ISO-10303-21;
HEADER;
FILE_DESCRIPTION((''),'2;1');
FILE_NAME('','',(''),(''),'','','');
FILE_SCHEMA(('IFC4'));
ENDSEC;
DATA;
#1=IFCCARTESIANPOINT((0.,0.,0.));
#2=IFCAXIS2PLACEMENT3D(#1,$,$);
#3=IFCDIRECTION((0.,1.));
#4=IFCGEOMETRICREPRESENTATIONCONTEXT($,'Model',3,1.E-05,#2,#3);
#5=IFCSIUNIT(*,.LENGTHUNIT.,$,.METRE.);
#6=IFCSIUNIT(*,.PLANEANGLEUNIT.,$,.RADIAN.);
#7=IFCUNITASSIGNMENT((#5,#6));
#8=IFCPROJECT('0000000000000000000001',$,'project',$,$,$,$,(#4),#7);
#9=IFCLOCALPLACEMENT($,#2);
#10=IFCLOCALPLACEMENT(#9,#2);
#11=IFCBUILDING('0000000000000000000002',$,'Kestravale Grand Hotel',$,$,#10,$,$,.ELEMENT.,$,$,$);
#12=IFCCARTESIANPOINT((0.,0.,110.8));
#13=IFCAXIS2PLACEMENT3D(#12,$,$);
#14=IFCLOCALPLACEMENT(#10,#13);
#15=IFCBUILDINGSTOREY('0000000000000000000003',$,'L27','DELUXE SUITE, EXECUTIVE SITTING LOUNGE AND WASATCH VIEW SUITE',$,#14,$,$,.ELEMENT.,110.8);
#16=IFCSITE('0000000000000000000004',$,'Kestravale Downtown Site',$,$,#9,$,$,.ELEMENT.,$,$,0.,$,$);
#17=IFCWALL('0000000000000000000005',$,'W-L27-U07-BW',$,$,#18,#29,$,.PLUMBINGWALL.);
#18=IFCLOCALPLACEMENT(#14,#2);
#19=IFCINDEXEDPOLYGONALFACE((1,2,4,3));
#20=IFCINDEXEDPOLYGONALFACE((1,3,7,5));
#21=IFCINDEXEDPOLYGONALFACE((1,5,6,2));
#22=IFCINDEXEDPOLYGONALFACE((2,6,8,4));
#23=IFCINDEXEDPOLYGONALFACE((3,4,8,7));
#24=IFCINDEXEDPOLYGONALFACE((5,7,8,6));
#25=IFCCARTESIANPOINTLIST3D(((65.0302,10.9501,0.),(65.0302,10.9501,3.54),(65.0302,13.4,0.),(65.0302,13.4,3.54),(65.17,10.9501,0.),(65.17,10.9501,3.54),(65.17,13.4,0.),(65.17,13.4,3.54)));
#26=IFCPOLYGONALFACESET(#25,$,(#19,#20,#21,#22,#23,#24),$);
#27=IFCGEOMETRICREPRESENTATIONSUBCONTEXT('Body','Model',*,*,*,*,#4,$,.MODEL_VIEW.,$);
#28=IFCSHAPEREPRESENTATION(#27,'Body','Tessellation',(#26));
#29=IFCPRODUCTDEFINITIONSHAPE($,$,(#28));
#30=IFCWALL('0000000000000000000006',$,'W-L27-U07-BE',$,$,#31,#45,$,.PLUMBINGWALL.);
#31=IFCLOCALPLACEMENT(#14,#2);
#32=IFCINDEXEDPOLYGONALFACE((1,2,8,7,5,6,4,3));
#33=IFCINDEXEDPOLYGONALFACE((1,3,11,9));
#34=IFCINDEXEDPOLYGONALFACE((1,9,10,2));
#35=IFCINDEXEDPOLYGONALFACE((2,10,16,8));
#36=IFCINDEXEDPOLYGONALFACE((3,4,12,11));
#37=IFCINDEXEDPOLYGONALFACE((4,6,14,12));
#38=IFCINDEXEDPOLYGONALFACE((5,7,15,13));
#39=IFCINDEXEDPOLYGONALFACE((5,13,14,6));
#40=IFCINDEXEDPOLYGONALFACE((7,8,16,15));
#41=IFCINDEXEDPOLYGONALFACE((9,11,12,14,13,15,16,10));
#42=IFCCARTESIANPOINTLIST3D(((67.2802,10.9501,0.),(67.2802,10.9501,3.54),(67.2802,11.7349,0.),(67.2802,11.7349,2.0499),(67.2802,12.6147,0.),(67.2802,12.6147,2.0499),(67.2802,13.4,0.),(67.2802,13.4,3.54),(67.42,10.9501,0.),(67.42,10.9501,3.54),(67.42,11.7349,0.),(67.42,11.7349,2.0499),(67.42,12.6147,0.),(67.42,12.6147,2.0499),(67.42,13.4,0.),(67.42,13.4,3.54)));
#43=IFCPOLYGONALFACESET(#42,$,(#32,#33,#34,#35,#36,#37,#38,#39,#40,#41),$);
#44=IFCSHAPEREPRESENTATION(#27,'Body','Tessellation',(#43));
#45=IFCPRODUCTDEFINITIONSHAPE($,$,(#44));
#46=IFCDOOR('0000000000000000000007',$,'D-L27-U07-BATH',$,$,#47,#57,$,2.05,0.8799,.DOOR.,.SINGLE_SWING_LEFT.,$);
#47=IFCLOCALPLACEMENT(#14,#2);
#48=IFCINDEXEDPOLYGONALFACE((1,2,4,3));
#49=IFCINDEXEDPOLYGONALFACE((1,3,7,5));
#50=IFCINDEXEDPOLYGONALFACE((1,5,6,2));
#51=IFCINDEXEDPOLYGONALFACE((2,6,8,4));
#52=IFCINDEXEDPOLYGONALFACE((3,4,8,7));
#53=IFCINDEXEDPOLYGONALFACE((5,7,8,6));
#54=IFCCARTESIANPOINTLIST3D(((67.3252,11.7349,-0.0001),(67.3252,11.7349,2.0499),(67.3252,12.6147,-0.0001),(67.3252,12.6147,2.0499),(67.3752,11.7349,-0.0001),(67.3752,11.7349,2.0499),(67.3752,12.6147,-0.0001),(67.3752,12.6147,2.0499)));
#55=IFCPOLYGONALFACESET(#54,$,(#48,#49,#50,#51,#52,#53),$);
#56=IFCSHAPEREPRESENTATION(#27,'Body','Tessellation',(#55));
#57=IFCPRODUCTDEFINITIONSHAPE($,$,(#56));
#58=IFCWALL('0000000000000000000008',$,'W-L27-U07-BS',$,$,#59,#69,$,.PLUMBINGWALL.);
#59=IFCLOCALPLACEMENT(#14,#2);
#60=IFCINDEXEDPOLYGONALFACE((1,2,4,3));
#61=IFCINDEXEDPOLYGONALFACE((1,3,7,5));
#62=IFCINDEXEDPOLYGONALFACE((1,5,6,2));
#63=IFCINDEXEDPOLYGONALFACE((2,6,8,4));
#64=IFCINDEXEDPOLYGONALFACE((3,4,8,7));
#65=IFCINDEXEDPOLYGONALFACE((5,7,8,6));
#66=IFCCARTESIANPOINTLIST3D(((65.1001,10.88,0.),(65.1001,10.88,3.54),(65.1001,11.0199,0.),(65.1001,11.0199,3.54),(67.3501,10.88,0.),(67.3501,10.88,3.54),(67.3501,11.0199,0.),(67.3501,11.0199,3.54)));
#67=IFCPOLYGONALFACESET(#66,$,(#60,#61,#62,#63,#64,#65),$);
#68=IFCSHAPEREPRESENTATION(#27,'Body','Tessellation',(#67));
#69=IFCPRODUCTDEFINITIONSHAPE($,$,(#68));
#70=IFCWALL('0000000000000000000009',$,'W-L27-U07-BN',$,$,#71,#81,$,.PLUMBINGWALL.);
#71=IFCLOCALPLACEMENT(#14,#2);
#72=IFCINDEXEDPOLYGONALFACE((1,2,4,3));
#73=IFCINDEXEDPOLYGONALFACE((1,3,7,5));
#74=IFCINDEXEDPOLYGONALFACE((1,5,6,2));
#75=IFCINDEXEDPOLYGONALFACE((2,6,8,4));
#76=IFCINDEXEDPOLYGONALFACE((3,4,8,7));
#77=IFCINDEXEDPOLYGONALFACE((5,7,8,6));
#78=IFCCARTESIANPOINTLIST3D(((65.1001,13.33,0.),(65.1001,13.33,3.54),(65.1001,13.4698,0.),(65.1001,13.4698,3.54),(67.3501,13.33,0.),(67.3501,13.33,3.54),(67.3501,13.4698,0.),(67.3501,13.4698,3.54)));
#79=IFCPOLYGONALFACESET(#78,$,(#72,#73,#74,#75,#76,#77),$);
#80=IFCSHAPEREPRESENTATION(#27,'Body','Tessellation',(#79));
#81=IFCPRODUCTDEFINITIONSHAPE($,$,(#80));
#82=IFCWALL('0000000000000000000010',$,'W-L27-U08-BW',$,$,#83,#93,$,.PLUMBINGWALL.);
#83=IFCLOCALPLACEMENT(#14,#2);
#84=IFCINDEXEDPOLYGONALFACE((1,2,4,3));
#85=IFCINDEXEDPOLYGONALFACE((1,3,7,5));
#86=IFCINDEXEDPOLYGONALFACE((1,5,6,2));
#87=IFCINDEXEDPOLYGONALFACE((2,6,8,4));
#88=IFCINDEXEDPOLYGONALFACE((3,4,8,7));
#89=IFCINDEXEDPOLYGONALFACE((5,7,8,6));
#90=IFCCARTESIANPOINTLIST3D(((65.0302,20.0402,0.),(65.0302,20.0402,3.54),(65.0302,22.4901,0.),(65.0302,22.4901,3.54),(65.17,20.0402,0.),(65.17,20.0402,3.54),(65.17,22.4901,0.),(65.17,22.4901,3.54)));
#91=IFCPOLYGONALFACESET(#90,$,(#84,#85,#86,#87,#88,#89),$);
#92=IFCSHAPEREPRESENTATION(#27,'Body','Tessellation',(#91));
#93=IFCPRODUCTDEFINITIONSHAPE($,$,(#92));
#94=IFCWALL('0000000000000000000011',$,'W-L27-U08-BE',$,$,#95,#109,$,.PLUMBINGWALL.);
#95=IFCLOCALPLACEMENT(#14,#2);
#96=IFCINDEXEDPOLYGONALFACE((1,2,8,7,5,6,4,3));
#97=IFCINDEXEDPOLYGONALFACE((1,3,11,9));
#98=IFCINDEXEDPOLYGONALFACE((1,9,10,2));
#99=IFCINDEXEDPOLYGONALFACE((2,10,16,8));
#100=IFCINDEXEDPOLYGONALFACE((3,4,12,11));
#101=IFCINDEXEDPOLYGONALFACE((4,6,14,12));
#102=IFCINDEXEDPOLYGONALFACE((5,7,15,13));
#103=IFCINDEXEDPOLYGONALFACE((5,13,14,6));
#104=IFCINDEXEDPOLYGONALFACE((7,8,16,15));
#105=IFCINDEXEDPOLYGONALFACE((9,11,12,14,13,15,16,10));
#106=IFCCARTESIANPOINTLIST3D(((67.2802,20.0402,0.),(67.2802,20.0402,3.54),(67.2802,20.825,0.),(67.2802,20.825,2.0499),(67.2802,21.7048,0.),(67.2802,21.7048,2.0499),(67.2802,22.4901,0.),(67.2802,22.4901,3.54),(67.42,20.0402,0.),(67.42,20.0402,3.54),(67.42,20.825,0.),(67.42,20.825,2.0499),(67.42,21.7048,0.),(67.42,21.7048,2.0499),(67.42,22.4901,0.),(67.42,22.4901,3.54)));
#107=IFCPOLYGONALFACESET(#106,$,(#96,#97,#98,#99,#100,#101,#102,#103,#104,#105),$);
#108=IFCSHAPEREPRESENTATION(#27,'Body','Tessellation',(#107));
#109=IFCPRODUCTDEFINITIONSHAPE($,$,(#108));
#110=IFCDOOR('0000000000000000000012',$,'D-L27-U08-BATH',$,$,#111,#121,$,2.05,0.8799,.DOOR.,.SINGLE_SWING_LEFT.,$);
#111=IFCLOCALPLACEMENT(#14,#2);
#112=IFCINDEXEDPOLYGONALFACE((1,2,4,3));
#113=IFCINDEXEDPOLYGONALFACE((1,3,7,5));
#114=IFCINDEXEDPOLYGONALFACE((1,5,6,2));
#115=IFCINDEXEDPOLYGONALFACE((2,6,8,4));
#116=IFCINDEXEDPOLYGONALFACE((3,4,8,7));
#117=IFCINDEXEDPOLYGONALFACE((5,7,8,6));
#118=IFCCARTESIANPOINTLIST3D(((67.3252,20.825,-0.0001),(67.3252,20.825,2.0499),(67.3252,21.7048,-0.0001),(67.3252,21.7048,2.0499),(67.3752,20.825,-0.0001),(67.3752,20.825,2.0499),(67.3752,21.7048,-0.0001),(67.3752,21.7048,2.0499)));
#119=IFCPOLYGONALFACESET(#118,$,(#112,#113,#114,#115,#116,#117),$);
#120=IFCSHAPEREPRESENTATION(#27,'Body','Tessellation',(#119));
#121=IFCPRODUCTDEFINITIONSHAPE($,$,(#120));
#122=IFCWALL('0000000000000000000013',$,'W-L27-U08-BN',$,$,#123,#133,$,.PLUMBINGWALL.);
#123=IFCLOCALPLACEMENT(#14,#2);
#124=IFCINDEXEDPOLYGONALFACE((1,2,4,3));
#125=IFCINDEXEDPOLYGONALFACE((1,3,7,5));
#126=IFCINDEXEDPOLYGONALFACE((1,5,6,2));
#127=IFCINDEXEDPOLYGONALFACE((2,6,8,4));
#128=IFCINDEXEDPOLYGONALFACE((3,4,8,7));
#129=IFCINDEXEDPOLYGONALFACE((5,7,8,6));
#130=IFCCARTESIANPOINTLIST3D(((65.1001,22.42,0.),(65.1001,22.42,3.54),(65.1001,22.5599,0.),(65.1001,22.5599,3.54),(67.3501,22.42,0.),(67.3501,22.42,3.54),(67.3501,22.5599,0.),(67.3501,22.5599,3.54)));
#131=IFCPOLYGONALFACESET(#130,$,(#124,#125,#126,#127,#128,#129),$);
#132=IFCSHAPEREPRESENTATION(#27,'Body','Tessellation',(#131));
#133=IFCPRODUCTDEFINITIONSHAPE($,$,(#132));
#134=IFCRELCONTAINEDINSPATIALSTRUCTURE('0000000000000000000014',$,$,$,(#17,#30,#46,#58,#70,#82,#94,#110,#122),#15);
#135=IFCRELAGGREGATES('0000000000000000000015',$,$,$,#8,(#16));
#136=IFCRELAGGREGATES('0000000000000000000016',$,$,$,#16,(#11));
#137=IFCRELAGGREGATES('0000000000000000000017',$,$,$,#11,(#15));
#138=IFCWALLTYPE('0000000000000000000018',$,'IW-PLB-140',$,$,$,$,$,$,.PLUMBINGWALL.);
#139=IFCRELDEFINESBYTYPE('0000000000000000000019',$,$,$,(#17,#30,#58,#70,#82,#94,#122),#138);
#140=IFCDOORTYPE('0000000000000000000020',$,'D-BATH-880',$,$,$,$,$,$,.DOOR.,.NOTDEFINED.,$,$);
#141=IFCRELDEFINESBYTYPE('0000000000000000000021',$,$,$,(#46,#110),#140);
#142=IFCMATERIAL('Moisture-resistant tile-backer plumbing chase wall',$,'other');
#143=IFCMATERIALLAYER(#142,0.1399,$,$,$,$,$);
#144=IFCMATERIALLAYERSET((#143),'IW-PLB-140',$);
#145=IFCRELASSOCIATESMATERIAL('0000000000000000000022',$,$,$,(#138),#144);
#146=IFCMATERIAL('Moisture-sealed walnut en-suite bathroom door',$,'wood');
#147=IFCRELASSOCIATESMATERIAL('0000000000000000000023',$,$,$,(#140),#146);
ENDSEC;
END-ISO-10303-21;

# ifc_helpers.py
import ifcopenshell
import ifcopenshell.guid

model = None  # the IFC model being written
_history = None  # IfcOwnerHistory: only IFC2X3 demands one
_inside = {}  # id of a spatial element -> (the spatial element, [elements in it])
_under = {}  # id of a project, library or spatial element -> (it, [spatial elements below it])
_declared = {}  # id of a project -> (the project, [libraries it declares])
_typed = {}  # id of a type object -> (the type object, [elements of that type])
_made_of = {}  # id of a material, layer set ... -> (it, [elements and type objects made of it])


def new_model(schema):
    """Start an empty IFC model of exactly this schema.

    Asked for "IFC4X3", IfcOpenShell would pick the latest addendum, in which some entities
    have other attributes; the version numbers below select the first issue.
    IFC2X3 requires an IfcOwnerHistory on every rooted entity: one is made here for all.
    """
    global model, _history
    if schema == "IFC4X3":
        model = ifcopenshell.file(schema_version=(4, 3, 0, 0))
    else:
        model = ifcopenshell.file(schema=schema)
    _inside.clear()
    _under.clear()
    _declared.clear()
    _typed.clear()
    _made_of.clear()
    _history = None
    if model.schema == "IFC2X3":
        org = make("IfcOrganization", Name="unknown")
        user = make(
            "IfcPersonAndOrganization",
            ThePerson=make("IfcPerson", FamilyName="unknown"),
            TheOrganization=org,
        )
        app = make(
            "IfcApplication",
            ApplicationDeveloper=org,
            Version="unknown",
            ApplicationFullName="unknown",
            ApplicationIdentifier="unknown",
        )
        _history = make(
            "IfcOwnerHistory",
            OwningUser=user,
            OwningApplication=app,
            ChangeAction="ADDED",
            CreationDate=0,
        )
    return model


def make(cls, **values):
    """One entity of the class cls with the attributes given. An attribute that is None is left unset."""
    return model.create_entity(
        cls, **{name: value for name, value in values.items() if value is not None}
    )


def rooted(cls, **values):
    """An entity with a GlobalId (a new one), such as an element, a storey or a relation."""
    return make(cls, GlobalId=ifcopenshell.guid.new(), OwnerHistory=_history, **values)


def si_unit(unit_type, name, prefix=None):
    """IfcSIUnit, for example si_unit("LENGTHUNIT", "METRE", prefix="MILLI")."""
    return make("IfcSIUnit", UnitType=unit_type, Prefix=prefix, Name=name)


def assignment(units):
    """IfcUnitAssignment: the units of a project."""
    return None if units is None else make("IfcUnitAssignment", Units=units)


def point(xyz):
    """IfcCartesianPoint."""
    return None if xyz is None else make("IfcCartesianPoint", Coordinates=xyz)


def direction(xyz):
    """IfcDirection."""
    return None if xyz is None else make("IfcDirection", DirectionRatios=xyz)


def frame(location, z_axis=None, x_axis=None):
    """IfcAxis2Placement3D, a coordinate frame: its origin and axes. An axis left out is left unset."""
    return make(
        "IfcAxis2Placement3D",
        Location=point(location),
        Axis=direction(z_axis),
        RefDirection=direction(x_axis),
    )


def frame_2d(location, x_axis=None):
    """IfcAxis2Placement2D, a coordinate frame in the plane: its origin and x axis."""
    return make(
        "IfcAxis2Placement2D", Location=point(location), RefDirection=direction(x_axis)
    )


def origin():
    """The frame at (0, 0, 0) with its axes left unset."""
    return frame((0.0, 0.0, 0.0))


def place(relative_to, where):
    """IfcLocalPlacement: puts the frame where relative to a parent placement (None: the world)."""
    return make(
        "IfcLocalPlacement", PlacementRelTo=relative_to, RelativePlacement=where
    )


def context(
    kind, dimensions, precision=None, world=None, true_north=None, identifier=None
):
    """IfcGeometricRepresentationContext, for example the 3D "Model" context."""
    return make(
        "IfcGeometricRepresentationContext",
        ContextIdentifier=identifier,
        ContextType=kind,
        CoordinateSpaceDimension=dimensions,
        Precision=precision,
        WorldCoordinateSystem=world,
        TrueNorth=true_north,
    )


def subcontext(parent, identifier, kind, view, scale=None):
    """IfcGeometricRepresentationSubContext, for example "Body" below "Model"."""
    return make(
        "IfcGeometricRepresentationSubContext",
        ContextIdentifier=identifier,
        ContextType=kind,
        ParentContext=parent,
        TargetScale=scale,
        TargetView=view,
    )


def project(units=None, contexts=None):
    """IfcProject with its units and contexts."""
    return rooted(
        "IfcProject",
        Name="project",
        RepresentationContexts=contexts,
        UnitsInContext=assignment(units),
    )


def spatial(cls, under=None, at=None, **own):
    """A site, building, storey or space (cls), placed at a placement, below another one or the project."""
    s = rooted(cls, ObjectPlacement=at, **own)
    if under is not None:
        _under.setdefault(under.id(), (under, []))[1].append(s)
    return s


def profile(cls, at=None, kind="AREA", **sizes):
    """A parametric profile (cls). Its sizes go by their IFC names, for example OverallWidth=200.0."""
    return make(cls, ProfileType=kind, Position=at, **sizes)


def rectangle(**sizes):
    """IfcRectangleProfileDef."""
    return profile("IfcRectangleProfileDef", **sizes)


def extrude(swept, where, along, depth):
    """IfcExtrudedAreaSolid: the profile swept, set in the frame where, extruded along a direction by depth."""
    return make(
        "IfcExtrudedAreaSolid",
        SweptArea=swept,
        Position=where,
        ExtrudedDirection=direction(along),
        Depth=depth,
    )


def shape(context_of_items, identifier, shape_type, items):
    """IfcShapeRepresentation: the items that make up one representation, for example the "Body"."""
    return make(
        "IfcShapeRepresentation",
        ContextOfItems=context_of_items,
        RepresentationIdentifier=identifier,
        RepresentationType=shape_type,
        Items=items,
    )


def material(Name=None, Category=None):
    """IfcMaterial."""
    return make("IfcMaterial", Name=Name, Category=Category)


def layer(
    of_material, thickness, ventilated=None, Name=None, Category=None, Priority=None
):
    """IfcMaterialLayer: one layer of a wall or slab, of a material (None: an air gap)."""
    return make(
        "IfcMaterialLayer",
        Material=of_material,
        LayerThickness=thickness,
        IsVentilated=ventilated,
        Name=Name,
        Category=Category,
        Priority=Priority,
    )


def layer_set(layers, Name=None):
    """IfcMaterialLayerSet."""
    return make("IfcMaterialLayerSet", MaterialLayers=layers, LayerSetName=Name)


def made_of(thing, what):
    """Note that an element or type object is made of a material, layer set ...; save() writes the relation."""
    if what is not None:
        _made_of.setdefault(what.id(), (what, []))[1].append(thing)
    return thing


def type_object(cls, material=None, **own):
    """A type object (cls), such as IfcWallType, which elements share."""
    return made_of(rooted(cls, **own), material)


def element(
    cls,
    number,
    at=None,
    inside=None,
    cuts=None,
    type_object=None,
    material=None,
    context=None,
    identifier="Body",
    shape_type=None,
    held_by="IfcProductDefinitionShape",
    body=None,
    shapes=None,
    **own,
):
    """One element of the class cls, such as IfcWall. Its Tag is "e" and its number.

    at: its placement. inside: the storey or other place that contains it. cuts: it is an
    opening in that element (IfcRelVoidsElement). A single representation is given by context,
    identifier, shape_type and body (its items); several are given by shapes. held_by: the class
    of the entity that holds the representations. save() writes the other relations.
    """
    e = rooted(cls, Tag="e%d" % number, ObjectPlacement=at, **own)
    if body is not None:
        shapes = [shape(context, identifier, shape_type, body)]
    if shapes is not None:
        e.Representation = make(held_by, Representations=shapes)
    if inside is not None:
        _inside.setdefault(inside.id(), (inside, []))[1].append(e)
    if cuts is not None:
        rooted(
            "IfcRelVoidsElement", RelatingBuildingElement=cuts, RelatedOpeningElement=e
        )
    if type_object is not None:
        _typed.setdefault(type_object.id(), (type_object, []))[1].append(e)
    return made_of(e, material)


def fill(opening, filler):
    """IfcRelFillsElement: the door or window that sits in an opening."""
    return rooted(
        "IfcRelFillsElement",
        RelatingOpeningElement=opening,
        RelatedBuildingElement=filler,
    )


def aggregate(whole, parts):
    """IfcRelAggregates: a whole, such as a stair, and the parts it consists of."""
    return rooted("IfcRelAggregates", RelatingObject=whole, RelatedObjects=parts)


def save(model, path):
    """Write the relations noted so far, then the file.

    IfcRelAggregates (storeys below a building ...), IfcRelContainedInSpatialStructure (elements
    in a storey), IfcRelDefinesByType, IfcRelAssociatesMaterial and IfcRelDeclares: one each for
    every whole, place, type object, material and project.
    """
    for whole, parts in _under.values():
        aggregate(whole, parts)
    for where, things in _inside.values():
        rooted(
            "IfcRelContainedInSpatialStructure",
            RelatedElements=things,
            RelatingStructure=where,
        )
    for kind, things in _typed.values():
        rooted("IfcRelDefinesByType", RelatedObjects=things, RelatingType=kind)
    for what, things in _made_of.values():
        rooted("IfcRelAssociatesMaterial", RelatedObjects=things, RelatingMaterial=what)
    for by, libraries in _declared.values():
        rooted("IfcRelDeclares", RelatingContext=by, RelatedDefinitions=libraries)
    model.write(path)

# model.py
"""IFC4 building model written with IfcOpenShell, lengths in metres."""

from ifc_helpers import new_model, si_unit, direction, frame, frame_2d, origin, place, context, subcontext, project, spatial, rectangle, extrude, material, layer, layer_set, type_object, element, fill, save


model = new_model("IFC4")

# Units and contexts
model_context = context("Model", 3, precision=1e-05, world=origin(), true_north=direction((0.0, 1.0)))
body_context = subcontext(model_context, "Body", "Model", "MODEL_VIEW")
ifc_project = project(units=[si_unit("LENGTHUNIT", "METRE"), si_unit("PLANEANGLEUNIT", "RADIAN")], contexts=[model_context])

# Site, building, storey
site_placement = place(None, origin())
site = spatial("IfcSite", under=ifc_project, at=site_placement, Name="Kestravale Downtown Site", CompositionType="ELEMENT", RefElevation=0.0)
building_placement = place(site_placement, origin())
building = spatial("IfcBuilding", under=site, at=building_placement, Name="Kestravale Grand Hotel", CompositionType="ELEMENT")
storey_placement = place(building_placement, frame((0.0, 0.0, 110.8)))
storey = spatial("IfcBuildingStorey", under=building, at=storey_placement, Name="L27", Description="DELUXE SUITE, EXECUTIVE SITTING LOUNGE AND WASATCH VIEW SUITE", CompositionType="ELEMENT", Elevation=110.8)

# Wall
ifc_material_1 = material(Name="Moisture-resistant tile-backer plumbing chase wall", Category="other")
ifc_layer_1 = layer(ifc_material_1, 0.1399)
ifc_layer_set_1 = layer_set([ifc_layer_1], Name="IW-PLB-140")
wall_type_1 = type_object("IfcWallType", Name="IW-PLB-140", PredefinedType="PLUMBINGWALL", material=ifc_layer_set_1)
wall_1_placement = place(storey_placement, frame((65.1001, 10.95, 0.0), z_axis=(0.0, 0.0, 1.0), x_axis=(0.0, 1.0, 0.0)))
element("IfcWall", 1, at=wall_1_placement, inside=storey, type_object=wall_type_1, Name="W-L27-U07-BW", PredefinedType="PLUMBINGWALL", context=body_context, shape_type="SweptSolid", body=[
    extrude(rectangle(XDim=2.45, YDim=0.1399, at=frame_2d((1.2251, 0.0))), origin(), (0.0, 0.0, 1.0), 3.54),
])

# Wall, opening, door
wall_2_placement = place(storey_placement, frame((67.3501, 10.95, 0.0), z_axis=(0.0, 0.0, 1.0), x_axis=(0.0, 1.0, 0.0)))
wall_2 = element("IfcWall", 2, at=wall_2_placement, inside=storey, type_object=wall_type_1, Name="W-L27-U07-BE", PredefinedType="PLUMBINGWALL", context=body_context, shape_type="SweptSolid", body=[
    extrude(rectangle(XDim=2.45, YDim=0.1399, at=frame_2d((1.2251, 0.0))), origin(), (0.0, 0.0, 1.0), 3.54),
])
opening_1_placement = place(wall_2_placement, frame((0.7849, 0.0, 0.0)))
opening_1 = element("IfcOpeningElement", 3, at=opening_1_placement, cuts=wall_2, PredefinedType="OPENING", context=body_context, shape_type="SweptSolid", body=[
    extrude(rectangle(XDim=0.8799, YDim=2.05, at=frame_2d((0.4399, 1.0249))), frame((0.0, 0.0798, 0.0), z_axis=(0.0, -1.0, 0.0), x_axis=(1.0, 0.0, 0.0)), (0.0, 0.0, 1.0), 0.1599),
])
ifc_material_2 = material(Name="Moisture-sealed walnut en-suite bathroom door", Category="wood")
door_type = type_object("IfcDoorType", Name="D-BATH-880", OperationType="NOTDEFINED", PredefinedType="DOOR", material=ifc_material_2)
door_1_placement = place(opening_1_placement, origin())
door_1 = element("IfcDoor", 4, at=door_1_placement, inside=storey, type_object=door_type, Name="D-L27-U07-BATH", OperationType="SINGLE_SWING_LEFT", OverallHeight=2.05, OverallWidth=0.8799, PredefinedType="DOOR", context=body_context, shape_type="SweptSolid", body=[
    extrude(rectangle(XDim=0.8799, YDim=2.05, at=frame_2d((0.4399, 1.0249))), frame((0.0, 0.0249, 0.0), z_axis=(0.0, -1.0, 0.0), x_axis=(1.0, 0.0, 0.0)), (0.0, 0.0, 1.0), 0.05),
])
fill(opening_1, door_1)

# Walls
for number, where, z_axis, x_axis, name in (
    (5, (65.1001, 10.95, 0.0), (0.0, 0.0, 1.0), (1.0, 0.0, 0.0), "W-L27-U07-BS"),
    (6, (65.1001, 13.3999, 0.0), (0.0, 0.0, 1.0), (1.0, 0.0, 0.0), "W-L27-U07-BN"),
):
    element("IfcWall", number, at=place(storey_placement, frame(where, z_axis=z_axis, x_axis=x_axis)), inside=storey, type_object=wall_type_1, Name=name, PredefinedType="PLUMBINGWALL", context=body_context, shape_type="SweptSolid", body=[
        extrude(rectangle(XDim=2.25, YDim=0.1399, at=frame_2d((1.125, 0.0))), origin(), (0.0, 0.0, 1.0), 3.54),
    ])
wall_3_placement = place(storey_placement, frame((65.1001, 20.04, 0.0), z_axis=(0.0, 0.0, 1.0), x_axis=(0.0, 1.0, 0.0)))
element("IfcWall", 7, at=wall_3_placement, inside=storey, type_object=wall_type_1, Name="W-L27-U08-BW", PredefinedType="PLUMBINGWALL", context=body_context, shape_type="SweptSolid", body=[
    extrude(rectangle(XDim=2.45, YDim=0.1399, at=frame_2d((1.2251, 0.0))), origin(), (0.0, 0.0, 1.0), 3.54),
])

# Wall, opening, door
wall_4_placement = place(storey_placement, frame((67.3501, 20.04, 0.0), z_axis=(0.0, 0.0, 1.0), x_axis=(0.0, 1.0, 0.0)))
wall_4 = element("IfcWall", 8, at=wall_4_placement, inside=storey, type_object=wall_type_1, Name="W-L27-U08-BE", PredefinedType="PLUMBINGWALL", context=body_context, shape_type="SweptSolid", body=[
    extrude(rectangle(XDim=2.45, YDim=0.1399, at=frame_2d((1.2251, 0.0))), origin(), (0.0, 0.0, 1.0), 3.54),
])
opening_2_placement = place(wall_4_placement, frame((0.7849, 0.0, 0.0)))
opening_2 = element("IfcOpeningElement", 9, at=opening_2_placement, cuts=wall_4, PredefinedType="OPENING", context=body_context, shape_type="SweptSolid", body=[
    extrude(rectangle(XDim=0.8799, YDim=2.05, at=frame_2d((0.4399, 1.0249))), frame((0.0, 0.0798, 0.0), z_axis=(0.0, -1.0, 0.0), x_axis=(1.0, 0.0, 0.0)), (0.0, 0.0, 1.0), 0.1599),
])
door_2_placement = place(opening_2_placement, origin())
door_2 = element("IfcDoor", 10, at=door_2_placement, inside=storey, type_object=door_type, Name="D-L27-U08-BATH", OperationType="SINGLE_SWING_LEFT", OverallHeight=2.05, OverallWidth=0.8799, PredefinedType="DOOR", context=body_context, shape_type="SweptSolid", body=[
    extrude(rectangle(XDim=0.8799, YDim=2.05, at=frame_2d((0.4399, 1.0249))), frame((0.0, 0.0249, 0.0), z_axis=(0.0, -1.0, 0.0), x_axis=(1.0, 0.0, 0.0)), (0.0, 0.0, 1.0), 0.05),
])
fill(opening_2, door_2)

# Wall
wall_5_placement = place(storey_placement, frame((65.1001, 22.49, 0.0), z_axis=(0.0, 0.0, 1.0), x_axis=(1.0, 0.0, 0.0)))
element("IfcWall", 11, at=wall_5_placement, inside=storey, type_object=wall_type_1, Name="W-L27-U08-BN", PredefinedType="PLUMBINGWALL", context=body_context, shape_type="SweptSolid", body=[
    extrude(rectangle(XDim=2.25, YDim=0.1399, at=frame_2d((1.125, 0.0))), origin(), (0.0, 0.0, 1.0), 3.54),
])

save(model, "model.ifc")
